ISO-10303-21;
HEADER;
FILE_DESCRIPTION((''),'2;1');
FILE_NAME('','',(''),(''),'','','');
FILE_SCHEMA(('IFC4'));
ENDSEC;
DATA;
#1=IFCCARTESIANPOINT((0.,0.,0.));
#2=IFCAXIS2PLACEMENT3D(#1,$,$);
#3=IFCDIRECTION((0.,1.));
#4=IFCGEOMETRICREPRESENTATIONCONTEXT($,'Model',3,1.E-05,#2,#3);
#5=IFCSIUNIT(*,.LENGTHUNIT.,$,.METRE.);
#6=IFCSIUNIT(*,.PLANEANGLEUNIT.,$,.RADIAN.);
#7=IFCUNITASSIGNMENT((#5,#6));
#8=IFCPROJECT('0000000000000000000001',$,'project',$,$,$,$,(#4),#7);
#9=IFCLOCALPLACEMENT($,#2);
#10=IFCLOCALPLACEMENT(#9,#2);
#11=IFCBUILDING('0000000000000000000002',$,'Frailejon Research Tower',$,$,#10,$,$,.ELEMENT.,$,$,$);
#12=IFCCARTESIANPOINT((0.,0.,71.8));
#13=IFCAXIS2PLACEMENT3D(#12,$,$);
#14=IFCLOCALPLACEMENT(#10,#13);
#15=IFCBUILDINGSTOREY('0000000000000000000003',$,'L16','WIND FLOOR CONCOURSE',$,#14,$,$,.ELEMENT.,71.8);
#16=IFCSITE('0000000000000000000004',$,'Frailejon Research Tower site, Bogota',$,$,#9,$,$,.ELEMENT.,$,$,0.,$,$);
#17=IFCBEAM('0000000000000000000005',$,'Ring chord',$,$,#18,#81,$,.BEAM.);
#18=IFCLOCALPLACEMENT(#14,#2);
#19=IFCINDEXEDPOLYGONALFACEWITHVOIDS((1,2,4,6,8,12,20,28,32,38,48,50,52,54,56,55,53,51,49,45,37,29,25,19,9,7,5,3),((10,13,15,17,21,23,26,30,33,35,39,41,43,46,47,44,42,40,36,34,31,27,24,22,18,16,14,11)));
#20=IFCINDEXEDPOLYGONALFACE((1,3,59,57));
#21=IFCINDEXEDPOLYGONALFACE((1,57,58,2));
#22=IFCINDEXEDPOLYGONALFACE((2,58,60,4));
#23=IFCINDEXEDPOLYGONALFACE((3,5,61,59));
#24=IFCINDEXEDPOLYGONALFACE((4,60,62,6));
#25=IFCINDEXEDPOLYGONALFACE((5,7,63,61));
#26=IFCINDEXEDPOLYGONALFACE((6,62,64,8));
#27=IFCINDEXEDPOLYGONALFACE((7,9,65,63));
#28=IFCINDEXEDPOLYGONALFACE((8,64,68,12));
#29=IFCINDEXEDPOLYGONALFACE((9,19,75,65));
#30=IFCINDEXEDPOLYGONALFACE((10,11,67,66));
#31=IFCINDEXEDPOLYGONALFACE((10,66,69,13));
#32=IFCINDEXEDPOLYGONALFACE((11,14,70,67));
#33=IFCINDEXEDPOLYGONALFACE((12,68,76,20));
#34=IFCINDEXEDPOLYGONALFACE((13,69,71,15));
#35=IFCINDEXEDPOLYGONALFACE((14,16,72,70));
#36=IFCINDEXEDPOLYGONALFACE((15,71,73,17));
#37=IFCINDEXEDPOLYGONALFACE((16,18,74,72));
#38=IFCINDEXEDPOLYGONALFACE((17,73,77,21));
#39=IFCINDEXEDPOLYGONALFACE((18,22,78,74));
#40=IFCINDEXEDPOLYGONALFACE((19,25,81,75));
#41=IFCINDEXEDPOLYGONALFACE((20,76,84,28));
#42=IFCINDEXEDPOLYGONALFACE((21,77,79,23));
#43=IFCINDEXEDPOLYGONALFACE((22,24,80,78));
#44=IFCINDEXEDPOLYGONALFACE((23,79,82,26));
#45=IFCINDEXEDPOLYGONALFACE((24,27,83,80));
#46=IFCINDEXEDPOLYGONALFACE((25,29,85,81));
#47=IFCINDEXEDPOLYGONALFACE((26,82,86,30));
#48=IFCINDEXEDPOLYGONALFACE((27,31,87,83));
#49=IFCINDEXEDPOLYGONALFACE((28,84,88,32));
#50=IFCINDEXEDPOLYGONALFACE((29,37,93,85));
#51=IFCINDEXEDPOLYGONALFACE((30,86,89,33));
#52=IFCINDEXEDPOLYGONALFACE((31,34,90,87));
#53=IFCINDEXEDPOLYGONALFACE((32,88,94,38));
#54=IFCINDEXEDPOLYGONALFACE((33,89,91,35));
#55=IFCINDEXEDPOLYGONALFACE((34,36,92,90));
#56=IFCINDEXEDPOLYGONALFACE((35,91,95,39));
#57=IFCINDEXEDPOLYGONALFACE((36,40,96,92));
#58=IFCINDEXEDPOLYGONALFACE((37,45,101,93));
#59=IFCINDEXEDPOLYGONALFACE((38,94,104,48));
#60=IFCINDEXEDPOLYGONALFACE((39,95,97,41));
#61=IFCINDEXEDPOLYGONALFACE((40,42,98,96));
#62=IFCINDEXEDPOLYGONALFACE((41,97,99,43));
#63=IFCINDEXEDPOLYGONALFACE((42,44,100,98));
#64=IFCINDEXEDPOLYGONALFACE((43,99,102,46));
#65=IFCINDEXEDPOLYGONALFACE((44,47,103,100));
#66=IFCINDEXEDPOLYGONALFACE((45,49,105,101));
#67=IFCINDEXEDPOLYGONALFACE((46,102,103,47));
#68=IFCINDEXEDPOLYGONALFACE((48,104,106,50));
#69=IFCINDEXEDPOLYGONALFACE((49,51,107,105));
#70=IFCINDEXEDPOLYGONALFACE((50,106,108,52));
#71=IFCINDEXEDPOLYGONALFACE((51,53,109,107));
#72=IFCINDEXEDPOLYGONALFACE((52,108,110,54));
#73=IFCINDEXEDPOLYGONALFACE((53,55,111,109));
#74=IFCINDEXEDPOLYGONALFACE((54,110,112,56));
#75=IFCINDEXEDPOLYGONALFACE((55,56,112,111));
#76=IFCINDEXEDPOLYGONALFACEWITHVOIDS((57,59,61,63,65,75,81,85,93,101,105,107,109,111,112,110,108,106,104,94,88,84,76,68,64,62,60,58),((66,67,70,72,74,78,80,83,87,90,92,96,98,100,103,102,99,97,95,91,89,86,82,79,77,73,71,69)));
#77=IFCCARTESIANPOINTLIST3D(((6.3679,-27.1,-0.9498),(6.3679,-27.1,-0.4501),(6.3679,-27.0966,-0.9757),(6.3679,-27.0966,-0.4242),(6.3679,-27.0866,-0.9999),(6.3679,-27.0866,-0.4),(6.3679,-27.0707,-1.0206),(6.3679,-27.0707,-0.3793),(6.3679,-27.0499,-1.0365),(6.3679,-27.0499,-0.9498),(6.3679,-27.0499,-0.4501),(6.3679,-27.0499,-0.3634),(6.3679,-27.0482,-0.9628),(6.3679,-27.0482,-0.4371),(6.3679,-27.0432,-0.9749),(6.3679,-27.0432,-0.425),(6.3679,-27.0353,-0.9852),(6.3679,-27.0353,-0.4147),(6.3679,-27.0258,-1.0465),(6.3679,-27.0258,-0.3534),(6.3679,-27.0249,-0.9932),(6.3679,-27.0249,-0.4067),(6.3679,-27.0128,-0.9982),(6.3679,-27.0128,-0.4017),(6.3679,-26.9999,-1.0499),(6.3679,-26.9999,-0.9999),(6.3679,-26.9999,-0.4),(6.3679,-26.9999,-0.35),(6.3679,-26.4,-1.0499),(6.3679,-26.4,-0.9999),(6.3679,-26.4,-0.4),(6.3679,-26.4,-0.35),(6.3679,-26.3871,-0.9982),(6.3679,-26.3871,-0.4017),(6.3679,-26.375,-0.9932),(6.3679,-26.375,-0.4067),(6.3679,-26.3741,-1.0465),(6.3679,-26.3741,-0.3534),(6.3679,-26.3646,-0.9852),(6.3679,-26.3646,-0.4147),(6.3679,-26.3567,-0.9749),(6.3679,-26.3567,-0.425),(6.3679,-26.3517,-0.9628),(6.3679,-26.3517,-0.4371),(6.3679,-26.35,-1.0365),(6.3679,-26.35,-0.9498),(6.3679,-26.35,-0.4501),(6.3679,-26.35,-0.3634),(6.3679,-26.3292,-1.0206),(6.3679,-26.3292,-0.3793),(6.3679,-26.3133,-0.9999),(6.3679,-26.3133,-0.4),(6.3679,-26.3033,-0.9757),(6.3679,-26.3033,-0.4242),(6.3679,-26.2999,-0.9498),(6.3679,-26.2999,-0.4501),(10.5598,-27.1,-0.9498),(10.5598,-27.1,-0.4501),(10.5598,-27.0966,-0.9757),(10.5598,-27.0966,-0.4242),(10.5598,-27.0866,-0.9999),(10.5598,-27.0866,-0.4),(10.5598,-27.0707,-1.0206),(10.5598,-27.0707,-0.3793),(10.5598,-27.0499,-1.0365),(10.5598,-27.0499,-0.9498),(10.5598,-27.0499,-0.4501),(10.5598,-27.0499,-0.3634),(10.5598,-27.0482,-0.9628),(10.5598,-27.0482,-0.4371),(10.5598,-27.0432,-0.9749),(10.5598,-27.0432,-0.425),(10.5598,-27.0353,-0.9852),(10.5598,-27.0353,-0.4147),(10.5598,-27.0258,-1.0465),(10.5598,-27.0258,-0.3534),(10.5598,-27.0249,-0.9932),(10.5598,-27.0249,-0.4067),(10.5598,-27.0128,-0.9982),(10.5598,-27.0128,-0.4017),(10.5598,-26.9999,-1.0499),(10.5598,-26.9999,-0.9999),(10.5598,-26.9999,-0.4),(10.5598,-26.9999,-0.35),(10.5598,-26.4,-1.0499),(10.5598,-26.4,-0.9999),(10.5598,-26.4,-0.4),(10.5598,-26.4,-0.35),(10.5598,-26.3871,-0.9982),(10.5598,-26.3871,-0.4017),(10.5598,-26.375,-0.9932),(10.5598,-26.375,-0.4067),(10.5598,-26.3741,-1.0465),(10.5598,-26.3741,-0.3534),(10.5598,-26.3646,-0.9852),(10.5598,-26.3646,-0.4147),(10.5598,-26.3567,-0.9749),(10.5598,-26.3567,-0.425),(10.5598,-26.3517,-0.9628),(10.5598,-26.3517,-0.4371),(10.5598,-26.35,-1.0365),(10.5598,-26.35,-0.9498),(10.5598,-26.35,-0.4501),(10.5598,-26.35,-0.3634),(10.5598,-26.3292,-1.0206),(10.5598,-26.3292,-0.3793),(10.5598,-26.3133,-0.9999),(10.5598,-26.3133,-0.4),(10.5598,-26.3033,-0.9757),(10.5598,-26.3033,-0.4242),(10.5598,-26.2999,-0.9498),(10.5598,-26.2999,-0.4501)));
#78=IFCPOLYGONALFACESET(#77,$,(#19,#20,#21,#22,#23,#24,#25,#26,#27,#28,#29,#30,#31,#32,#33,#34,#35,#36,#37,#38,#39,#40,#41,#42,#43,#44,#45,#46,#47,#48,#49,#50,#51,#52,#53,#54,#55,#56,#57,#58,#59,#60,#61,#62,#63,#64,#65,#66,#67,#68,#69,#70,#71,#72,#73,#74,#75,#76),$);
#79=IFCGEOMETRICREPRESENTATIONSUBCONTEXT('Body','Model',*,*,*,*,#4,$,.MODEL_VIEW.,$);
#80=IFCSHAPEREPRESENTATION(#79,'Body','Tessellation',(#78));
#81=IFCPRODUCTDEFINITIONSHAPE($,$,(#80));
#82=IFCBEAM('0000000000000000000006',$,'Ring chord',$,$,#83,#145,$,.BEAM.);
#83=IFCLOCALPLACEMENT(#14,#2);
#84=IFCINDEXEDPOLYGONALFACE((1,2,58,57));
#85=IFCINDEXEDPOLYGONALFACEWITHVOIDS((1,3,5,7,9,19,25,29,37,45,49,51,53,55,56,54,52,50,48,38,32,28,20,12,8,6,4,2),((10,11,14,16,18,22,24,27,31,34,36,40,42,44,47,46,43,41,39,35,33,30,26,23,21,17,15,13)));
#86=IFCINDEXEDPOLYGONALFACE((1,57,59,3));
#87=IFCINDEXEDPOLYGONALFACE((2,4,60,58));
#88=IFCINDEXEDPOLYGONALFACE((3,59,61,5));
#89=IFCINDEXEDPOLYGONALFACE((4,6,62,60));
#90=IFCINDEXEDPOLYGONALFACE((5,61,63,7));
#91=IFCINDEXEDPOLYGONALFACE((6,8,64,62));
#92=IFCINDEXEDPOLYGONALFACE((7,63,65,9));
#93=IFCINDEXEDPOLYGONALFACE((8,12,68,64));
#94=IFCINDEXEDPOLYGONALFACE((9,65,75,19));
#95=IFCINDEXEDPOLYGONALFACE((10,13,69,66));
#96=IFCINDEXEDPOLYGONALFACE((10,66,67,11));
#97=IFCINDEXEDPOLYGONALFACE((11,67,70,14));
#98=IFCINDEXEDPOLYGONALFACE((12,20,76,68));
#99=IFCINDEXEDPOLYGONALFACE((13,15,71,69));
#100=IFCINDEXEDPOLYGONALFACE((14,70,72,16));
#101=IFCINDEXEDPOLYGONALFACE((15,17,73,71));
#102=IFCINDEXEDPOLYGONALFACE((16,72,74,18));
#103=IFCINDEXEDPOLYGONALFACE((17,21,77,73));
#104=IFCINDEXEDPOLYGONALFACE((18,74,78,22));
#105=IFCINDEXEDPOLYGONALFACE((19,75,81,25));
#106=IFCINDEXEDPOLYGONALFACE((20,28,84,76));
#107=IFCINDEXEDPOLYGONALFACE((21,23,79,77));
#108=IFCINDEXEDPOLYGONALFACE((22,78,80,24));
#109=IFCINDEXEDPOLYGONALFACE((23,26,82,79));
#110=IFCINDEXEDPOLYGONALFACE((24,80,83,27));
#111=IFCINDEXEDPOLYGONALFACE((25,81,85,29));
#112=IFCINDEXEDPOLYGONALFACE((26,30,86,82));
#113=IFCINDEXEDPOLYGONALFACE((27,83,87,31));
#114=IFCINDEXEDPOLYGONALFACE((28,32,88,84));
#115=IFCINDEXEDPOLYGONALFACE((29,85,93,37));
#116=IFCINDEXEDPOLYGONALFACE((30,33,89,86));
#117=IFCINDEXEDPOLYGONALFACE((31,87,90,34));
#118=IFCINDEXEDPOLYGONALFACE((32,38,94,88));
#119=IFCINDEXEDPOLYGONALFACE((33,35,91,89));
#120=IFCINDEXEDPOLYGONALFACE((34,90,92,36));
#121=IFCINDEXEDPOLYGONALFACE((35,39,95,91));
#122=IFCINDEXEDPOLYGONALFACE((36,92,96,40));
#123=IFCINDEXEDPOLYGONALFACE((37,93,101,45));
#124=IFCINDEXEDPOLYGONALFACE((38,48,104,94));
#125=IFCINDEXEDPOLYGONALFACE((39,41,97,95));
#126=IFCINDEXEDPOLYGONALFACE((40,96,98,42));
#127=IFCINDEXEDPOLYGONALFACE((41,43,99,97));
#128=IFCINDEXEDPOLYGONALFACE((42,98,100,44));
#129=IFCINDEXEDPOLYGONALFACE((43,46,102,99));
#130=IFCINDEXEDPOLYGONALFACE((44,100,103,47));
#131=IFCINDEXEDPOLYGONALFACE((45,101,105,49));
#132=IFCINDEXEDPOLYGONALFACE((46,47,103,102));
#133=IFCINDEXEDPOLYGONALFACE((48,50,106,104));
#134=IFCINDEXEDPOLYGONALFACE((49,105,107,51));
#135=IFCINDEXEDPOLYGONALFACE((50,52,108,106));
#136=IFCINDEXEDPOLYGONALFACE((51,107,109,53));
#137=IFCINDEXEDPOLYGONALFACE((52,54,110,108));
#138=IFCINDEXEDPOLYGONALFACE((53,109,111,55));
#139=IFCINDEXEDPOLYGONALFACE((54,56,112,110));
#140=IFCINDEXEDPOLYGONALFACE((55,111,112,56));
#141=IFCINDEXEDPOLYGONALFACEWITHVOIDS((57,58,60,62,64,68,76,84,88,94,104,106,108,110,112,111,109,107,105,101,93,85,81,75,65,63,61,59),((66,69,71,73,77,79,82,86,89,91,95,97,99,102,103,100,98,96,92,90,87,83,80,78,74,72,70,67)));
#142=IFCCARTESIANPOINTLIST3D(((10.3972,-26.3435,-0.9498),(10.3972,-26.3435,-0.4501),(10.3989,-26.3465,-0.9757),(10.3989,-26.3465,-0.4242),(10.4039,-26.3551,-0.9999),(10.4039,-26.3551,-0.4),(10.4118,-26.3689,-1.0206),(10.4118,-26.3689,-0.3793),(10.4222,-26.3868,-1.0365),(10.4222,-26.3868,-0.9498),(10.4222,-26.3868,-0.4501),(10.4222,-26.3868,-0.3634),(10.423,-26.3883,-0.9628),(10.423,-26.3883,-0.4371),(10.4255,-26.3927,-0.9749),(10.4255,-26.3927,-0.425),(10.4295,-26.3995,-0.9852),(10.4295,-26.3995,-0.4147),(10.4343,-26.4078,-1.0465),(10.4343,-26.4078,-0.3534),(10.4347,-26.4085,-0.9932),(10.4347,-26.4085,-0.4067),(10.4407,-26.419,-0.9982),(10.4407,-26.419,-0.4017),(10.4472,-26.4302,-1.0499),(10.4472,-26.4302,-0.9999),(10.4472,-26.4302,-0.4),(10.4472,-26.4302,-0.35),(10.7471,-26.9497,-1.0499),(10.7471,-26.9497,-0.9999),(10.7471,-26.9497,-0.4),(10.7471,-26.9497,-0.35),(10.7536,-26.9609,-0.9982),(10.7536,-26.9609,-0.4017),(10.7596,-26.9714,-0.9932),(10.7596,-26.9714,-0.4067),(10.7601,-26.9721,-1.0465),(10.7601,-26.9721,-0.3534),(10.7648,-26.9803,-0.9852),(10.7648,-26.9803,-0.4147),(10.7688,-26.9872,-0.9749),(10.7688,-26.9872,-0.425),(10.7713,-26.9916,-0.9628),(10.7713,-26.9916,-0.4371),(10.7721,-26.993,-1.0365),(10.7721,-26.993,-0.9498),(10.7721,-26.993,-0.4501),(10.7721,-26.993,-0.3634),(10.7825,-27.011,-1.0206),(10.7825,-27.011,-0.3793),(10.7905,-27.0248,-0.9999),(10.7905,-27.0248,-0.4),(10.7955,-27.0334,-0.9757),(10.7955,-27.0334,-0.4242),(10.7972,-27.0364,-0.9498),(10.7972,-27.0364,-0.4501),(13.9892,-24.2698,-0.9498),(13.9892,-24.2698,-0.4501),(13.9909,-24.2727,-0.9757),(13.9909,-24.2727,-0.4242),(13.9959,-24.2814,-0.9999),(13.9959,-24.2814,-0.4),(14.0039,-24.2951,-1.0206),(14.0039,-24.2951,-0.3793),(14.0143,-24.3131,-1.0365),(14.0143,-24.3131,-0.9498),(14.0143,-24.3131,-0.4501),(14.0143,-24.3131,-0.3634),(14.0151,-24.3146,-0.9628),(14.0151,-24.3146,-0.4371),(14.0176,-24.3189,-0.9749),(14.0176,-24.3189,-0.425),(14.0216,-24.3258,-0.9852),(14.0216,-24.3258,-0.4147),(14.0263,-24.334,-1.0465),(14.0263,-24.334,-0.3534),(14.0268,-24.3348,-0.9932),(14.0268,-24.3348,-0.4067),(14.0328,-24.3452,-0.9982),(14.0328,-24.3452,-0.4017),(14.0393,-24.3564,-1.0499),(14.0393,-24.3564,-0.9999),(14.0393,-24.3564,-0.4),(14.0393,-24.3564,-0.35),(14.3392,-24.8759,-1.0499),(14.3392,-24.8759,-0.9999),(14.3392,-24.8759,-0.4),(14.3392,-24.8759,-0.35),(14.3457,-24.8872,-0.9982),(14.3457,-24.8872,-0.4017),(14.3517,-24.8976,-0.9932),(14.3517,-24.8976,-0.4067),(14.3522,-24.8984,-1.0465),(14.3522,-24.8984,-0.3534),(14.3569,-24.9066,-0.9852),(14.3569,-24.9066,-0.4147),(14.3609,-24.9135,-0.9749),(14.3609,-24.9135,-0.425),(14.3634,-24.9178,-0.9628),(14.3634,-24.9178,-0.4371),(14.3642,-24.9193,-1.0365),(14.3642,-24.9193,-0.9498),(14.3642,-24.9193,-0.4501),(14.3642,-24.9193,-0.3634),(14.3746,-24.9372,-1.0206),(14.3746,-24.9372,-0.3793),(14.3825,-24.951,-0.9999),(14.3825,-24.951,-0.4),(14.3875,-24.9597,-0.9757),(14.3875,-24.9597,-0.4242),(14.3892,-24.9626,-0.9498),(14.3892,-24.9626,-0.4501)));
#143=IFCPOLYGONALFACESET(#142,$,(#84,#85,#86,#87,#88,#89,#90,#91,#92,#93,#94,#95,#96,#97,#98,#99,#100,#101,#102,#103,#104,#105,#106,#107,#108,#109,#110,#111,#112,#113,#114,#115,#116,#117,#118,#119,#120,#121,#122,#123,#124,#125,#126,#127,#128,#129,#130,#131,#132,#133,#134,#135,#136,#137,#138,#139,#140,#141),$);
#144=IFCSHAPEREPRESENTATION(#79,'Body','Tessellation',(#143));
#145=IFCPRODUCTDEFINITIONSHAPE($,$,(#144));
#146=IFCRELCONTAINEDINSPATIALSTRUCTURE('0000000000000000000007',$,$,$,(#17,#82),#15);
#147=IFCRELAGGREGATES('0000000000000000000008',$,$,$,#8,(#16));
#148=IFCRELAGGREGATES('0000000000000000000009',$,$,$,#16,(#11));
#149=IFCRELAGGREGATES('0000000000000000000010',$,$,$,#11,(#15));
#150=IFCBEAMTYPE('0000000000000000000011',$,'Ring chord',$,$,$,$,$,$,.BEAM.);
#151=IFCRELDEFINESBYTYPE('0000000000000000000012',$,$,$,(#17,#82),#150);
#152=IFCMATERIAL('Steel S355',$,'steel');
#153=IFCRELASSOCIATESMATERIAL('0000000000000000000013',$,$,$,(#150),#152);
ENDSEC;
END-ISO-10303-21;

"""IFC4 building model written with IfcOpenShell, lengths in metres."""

from ifc_helpers import new_model, si_unit, direction, frame, origin, origin_2d, place, context, subcontext, project, spatial, hollow_rectangle, extrude, material, material_profile, profile_set, type_object, element, save


model = new_model("IFC4")

# Units and contexts
model_context = context("Model", 3, precision=1e-05, world=origin(), true_north=direction((0.0, 1.0)))
body_context = subcontext(model_context, "Body", "Model", "MODEL_VIEW")
ifc_project = project(units=[si_unit("LENGTHUNIT", "METRE"), si_unit("PLANEANGLEUNIT", "RADIAN")], contexts=[model_context])

# Site, building, storey
site_placement = place(None, origin())
site = spatial("IfcSite", under=ifc_project, at=site_placement, Name="Frailejon Research Tower site, Bogota", CompositionType="ELEMENT", RefElevation=0.0)
building_placement = place(site_placement, origin())
building = spatial("IfcBuilding", under=site, at=building_placement, Name="Frailejon Research Tower", CompositionType="ELEMENT")
storey_placement = place(building_placement, frame((0.0, 0.0, 71.8)))
storey = spatial("IfcBuildingStorey", under=building, at=storey_placement, Name="L16", Description="WIND FLOOR CONCOURSE", CompositionType="ELEMENT", Elevation=71.8)

# Beams
ifc_material_1 = material(Name="Steel S355", Category="steel")
ifc_material_profile_1 = material_profile(ifc_material_1, hollow_rectangle(XDim=0.8, YDim=0.7, WallThickness=0.05, InnerFilletRadius=0.05, OuterFilletRadius=0.1001, at=origin_2d()), Name="Ring chord")
ifc_profile_set_1 = profile_set([ifc_material_profile_1], Name="Steel S355")
beam_type_1 = type_object("IfcBeamType", Name="Ring chord", PredefinedType="BEAM", material=ifc_profile_set_1)
for number, where, z_axis, x_axis, name in (
    (1, (6.3679, -26.7, -0.7), (1.0, 0.0, 0.0), (0.0, 1.0, 0.0), "Ring chord"),
):
    element("IfcBeam", number, at=place(storey_placement, frame(where, z_axis=z_axis, x_axis=x_axis)), inside=storey, type_object=beam_type_1, Name=name, PredefinedType="BEAM", context=body_context, shape_type="SweptSolid", body=[
        extrude(hollow_rectangle(XDim=0.8, YDim=0.7, WallThickness=0.05, InnerFilletRadius=0.05, OuterFilletRadius=0.1001, at=origin_2d()), origin(), (0.0, 0.0, 1.0), 4.1919),
    ])
beam_1_placement = place(storey_placement, frame((10.5972, -26.6899, -0.7), z_axis=(0.86604, 0.499976, 0.0), x_axis=(-0.499976, 0.86604, 0.0)))
element("IfcBeam", 2, at=beam_1_placement, inside=storey, type_object=beam_type_1, Name="Ring chord", PredefinedType="BEAM", context=body_context, shape_type="SweptSolid", body=[
    extrude(hollow_rectangle(XDim=0.8, YDim=0.7, WallThickness=0.05, InnerFilletRadius=0.05, OuterFilletRadius=0.1001, at=origin_2d()), origin(), (0.0, 0.0, 1.0), 4.1477),
])

save(model, "model.ifc")
